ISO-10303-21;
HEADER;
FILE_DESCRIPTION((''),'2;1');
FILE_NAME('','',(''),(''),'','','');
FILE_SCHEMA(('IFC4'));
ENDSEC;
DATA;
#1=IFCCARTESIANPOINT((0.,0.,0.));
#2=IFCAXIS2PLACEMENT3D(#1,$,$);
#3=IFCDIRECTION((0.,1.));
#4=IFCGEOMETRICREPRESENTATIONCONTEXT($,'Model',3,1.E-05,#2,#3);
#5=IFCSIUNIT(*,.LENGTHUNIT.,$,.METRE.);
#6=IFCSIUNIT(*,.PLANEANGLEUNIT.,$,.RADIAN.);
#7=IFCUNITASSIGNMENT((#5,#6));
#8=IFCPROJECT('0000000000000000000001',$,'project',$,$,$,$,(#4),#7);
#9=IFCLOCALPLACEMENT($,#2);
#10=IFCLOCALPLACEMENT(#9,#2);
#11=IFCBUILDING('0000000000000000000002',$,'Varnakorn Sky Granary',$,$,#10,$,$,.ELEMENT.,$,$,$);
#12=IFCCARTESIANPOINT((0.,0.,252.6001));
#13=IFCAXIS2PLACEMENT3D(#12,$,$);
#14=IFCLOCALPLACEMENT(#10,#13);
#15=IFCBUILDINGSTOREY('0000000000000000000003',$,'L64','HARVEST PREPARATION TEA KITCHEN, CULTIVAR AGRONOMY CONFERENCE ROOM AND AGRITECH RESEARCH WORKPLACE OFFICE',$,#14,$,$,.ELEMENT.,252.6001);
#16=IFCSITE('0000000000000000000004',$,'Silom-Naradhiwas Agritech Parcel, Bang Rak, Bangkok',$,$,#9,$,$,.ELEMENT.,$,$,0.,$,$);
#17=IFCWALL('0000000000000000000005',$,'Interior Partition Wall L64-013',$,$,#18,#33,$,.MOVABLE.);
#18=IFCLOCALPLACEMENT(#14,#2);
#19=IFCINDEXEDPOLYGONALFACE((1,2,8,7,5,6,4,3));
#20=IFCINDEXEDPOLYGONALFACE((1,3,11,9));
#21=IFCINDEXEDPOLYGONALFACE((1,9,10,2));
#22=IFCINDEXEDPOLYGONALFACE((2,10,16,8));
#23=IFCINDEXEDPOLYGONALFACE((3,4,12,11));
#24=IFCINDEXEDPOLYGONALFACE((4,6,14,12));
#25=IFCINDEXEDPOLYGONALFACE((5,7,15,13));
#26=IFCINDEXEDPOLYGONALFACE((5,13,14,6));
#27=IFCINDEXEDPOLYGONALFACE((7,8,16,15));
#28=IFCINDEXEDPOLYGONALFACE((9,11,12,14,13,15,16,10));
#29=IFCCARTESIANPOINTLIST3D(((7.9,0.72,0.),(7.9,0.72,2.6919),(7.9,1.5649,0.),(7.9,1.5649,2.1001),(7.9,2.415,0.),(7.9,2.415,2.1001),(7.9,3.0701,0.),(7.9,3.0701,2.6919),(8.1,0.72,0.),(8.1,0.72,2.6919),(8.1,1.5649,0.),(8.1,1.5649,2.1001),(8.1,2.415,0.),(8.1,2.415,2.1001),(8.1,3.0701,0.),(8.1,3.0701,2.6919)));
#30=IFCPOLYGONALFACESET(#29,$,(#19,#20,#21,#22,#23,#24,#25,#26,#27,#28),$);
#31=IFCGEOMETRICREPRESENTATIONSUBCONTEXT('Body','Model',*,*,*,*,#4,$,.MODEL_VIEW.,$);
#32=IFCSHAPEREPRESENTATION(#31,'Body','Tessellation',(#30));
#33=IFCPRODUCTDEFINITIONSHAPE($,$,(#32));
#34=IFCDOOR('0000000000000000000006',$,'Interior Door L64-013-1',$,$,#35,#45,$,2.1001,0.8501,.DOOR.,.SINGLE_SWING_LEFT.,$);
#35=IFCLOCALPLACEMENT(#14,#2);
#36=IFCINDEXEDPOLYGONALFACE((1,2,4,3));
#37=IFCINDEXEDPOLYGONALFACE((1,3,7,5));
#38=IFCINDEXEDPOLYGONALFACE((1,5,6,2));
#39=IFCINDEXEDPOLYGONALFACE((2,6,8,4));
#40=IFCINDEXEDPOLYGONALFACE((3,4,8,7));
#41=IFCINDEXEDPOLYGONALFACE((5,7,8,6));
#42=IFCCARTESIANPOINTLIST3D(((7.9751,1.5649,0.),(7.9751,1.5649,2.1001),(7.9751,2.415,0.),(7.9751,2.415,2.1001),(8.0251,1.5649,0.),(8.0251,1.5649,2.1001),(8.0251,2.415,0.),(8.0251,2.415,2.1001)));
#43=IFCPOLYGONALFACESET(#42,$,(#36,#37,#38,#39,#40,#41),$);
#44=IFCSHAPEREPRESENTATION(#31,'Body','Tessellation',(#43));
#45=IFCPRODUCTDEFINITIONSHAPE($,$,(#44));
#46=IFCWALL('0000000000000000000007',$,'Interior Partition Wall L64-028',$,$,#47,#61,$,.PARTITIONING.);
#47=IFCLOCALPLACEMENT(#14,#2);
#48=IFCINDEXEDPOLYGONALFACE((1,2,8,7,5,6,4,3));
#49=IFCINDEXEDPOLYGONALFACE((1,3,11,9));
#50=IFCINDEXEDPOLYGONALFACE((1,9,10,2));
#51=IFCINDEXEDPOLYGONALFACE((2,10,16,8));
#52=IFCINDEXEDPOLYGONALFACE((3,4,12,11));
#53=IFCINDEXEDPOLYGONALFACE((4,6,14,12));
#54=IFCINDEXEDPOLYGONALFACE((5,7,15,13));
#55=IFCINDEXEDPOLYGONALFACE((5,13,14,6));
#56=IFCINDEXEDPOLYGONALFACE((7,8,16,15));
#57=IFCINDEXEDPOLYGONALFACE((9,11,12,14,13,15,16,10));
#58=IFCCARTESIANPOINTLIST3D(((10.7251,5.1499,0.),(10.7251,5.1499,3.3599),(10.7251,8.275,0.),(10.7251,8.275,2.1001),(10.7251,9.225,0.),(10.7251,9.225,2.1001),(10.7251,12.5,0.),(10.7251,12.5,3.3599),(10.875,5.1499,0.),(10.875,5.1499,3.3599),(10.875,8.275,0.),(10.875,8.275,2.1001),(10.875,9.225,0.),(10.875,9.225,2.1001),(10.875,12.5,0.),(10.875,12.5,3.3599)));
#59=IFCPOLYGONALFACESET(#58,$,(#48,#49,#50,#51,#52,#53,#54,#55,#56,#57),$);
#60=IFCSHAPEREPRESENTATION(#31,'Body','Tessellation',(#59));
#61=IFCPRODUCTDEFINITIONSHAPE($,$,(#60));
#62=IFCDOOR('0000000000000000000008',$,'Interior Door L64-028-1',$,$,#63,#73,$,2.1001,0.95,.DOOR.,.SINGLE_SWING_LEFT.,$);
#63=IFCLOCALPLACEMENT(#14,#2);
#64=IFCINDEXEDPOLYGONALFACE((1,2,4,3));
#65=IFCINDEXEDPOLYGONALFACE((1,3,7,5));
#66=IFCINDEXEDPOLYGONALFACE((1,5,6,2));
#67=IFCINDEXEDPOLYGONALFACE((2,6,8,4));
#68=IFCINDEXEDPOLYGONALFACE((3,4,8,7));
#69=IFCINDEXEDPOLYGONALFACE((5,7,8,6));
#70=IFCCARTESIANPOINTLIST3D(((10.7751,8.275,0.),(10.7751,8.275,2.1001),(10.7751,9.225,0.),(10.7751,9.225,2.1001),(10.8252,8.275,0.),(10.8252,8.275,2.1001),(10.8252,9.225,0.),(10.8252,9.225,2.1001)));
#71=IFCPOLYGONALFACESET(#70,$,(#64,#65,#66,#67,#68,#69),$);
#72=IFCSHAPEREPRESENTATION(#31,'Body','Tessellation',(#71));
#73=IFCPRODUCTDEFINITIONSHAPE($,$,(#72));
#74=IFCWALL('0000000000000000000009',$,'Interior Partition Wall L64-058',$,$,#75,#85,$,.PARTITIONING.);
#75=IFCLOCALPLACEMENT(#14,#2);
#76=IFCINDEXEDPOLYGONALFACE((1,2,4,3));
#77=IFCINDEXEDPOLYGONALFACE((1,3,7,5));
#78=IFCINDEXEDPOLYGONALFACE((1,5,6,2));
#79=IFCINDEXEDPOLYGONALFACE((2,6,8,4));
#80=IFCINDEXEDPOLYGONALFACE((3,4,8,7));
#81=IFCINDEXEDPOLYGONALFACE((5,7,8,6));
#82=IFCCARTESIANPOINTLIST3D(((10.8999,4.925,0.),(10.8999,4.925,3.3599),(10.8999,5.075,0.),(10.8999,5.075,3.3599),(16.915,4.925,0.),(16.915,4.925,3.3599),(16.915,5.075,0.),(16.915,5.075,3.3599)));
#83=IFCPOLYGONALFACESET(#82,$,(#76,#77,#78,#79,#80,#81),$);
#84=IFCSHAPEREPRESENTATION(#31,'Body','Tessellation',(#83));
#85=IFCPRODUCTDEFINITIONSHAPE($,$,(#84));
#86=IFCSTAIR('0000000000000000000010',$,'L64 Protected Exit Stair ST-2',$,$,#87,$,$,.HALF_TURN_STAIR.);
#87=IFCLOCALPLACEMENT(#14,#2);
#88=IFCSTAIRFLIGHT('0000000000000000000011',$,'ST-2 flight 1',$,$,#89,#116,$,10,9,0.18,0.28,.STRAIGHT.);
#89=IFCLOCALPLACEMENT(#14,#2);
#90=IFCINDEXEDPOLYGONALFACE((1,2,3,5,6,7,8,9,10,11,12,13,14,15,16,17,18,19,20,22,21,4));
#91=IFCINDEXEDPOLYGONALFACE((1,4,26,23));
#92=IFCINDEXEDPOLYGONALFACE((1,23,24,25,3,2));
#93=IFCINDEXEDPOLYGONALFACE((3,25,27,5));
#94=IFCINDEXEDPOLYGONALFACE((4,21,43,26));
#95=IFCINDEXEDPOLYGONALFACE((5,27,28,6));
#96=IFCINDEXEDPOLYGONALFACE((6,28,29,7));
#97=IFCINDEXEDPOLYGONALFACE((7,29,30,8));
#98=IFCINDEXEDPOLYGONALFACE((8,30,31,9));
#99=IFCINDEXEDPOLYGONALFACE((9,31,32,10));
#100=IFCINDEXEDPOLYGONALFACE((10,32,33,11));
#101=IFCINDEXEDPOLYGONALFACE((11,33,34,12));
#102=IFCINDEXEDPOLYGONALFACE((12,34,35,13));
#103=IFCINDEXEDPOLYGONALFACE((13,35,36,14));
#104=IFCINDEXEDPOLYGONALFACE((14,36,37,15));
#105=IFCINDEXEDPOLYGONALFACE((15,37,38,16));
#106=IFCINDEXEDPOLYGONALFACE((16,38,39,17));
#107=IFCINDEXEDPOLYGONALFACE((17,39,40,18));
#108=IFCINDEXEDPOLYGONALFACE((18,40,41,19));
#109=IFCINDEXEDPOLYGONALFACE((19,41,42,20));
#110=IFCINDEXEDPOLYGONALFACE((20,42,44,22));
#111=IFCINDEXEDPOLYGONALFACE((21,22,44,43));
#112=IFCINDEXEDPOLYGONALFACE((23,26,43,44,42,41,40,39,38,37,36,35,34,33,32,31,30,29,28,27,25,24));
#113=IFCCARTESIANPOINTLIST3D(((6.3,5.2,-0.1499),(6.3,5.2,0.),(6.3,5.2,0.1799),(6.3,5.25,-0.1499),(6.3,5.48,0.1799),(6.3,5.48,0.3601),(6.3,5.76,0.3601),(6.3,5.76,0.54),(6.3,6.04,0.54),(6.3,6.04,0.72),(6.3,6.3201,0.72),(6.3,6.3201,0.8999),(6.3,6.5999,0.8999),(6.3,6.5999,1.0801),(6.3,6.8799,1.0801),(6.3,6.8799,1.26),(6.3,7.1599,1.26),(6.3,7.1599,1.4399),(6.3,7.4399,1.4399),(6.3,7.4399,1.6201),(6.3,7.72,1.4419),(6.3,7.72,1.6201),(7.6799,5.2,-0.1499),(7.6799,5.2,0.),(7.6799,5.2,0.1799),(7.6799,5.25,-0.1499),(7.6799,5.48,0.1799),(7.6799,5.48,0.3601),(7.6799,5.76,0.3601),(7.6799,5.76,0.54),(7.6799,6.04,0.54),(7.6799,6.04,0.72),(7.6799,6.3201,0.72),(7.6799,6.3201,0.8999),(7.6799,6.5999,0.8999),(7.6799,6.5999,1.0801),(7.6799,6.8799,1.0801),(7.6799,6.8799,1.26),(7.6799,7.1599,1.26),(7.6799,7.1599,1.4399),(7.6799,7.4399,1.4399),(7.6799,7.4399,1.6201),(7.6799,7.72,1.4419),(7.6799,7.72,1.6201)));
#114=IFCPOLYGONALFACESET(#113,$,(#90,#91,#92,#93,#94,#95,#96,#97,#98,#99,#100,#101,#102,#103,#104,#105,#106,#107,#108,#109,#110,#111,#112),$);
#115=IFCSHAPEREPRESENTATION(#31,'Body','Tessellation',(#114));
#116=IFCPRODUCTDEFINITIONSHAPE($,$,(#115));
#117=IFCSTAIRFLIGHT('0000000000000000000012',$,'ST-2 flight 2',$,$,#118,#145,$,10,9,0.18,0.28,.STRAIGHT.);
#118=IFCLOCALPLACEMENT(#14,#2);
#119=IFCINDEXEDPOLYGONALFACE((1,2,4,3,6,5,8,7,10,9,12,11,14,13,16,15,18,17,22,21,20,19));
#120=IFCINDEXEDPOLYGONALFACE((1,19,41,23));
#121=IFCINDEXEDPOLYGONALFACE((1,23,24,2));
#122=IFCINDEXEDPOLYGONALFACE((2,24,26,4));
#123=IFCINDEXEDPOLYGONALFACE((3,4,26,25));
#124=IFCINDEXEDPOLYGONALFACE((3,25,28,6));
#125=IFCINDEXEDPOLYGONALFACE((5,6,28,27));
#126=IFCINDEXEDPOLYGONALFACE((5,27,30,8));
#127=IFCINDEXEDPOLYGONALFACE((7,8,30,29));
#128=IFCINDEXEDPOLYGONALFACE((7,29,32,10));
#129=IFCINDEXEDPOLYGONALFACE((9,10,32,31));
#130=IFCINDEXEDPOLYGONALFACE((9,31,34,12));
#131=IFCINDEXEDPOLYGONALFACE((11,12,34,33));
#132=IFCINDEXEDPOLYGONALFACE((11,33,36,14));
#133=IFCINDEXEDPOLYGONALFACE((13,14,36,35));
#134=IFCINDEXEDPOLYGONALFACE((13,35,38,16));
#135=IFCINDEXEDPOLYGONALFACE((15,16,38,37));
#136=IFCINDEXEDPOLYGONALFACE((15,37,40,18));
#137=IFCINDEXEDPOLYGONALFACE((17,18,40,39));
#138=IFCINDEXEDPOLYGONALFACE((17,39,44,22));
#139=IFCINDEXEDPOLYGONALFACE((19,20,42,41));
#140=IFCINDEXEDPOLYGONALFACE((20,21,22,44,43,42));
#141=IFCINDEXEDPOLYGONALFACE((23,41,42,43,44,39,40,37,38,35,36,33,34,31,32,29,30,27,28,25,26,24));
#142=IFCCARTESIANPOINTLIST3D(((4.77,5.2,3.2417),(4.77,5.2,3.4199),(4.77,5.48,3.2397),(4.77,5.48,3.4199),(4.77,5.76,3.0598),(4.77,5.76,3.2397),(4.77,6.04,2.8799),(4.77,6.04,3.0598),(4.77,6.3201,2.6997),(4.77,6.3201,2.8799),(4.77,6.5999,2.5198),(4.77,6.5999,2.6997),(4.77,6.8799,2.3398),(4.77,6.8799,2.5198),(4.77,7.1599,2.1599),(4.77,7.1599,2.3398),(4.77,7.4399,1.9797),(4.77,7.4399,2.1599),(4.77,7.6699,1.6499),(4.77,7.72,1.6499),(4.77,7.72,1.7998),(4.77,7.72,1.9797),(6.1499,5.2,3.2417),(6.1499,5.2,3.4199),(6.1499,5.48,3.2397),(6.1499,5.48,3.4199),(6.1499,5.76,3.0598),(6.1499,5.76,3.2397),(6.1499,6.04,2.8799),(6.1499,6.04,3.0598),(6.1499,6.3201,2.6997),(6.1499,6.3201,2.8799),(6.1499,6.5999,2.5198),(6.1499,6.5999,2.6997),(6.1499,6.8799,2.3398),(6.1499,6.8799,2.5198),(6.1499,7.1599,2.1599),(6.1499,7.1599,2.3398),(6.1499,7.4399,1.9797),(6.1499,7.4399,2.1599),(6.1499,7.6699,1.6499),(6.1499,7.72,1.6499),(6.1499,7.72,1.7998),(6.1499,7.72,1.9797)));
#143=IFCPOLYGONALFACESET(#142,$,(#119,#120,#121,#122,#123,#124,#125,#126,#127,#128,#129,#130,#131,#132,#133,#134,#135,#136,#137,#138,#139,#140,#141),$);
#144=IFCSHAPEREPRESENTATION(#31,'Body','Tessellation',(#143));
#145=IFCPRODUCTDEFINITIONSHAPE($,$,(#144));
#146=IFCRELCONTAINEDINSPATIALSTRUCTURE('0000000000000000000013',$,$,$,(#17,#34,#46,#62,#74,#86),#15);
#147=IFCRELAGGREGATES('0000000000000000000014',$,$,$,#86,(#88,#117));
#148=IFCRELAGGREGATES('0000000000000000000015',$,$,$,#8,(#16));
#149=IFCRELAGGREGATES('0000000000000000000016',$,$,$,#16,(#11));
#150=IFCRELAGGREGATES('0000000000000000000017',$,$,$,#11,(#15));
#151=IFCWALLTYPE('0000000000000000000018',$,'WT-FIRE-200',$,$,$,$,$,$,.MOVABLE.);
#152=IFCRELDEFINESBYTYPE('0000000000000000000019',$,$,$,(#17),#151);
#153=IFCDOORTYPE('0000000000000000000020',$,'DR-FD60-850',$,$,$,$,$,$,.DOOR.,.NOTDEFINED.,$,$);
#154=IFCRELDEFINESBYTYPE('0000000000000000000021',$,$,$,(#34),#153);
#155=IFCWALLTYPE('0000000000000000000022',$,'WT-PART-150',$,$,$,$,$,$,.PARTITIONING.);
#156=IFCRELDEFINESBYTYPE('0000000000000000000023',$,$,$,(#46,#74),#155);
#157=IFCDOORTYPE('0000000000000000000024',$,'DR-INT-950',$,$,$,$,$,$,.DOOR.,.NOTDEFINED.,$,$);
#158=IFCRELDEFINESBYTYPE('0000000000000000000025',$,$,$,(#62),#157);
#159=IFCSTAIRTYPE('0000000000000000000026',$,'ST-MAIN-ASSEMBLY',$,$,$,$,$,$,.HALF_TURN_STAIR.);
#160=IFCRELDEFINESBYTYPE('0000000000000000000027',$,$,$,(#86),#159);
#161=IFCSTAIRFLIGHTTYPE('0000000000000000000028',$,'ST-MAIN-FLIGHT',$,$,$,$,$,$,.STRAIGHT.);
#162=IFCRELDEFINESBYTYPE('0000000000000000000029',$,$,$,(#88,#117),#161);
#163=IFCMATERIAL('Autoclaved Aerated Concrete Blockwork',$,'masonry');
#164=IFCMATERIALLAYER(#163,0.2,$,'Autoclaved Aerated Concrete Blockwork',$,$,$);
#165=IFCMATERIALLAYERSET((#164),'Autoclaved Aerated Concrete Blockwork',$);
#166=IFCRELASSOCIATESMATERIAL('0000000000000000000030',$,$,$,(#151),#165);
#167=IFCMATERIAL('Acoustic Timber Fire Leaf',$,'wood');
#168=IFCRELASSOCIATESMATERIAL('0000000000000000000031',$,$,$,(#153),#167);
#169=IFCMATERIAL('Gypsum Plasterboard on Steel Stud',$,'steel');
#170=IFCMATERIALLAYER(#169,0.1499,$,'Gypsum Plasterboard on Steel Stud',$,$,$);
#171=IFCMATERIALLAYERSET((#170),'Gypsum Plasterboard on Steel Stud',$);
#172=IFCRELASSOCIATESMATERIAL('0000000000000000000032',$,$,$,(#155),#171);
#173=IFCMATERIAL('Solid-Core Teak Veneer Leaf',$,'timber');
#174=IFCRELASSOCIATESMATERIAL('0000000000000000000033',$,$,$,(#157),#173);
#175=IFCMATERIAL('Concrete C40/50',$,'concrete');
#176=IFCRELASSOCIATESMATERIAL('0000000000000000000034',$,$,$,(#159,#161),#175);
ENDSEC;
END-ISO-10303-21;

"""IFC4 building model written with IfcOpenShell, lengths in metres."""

from ifc_helpers import new_model, si_unit, direction, frame, frame_2d, origin, place, context, subcontext, project, spatial, polyline, rectangle, outline, extrude, material, layer, layer_set, type_object, element, fill, aggregate, save


model = new_model("IFC4")

# Units and contexts
model_context = context("Model", 3, precision=1e-05, world=origin(), true_north=direction((0.0, 1.0)))
body_context = subcontext(model_context, "Body", "Model", "MODEL_VIEW")
ifc_project = project(units=[si_unit("LENGTHUNIT", "METRE"), si_unit("PLANEANGLEUNIT", "RADIAN")], contexts=[model_context])

# Site, building, storey
site_placement = place(None, origin())
site = spatial("IfcSite", under=ifc_project, at=site_placement, Name="Silom-Naradhiwas Agritech Parcel, Bang Rak, Bangkok", CompositionType="ELEMENT", RefElevation=0.0)
building_placement = place(site_placement, origin())
building = spatial("IfcBuilding", under=site, at=building_placement, Name="Varnakorn Sky Granary", CompositionType="ELEMENT")
storey_placement = place(building_placement, frame((0.0, 0.0, 252.6001)))
storey = spatial("IfcBuildingStorey", under=building, at=storey_placement, Name="L64", Description="HARVEST PREPARATION TEA KITCHEN, CULTIVAR AGRONOMY CONFERENCE ROOM AND AGRITECH RESEARCH WORKPLACE OFFICE", CompositionType="ELEMENT", Elevation=252.6001)

# Walls, openings, doors
ifc_material_1 = material(Name="Autoclaved Aerated Concrete Blockwork", Category="masonry")
ifc_layer_1 = layer(ifc_material_1, 0.2, Name="Autoclaved Aerated Concrete Blockwork")
ifc_layer_set_1 = layer_set([ifc_layer_1], Name="Autoclaved Aerated Concrete Blockwork")
wall_type_1 = type_object("IfcWallType", Name="WT-FIRE-200", PredefinedType="MOVABLE", material=ifc_layer_set_1)
ifc_material_2 = material(Name="Acoustic Timber Fire Leaf", Category="wood")
wall_1_placement = place(storey_placement, frame((8.0, 0.72, 0.0), z_axis=(0.0, 0.0, 1.0), x_axis=(0.0, 1.0, 0.0)))
wall_1 = element("IfcWall", 1, at=wall_1_placement, inside=storey, type_object=wall_type_1, Name="Interior Partition Wall L64-013", PredefinedType="MOVABLE", context=body_context, shape_type="SweptSolid", body=[
    extrude(rectangle(XDim=2.3501, YDim=0.2, at=frame_2d((1.175, 0.0))), origin(), (0.0, 0.0, 1.0), 2.6919),
])
opening_1_placement = place(wall_1_placement, frame((0.845, 0.0, 0.0)))
opening_1 = element("IfcOpeningElement", 2, at=opening_1_placement, cuts=wall_1, PredefinedType="OPENING", context=body_context, shape_type="SweptSolid", body=[
    extrude(rectangle(XDim=0.8501, YDim=2.1001, at=frame_2d((0.425, 1.05))), frame((0.0, 0.1099, 0.0), z_axis=(0.0, -1.0, 0.0), x_axis=(1.0, 0.0, 0.0)), (0.0, 0.0, 1.0), 0.22),
])
door_type_1 = type_object("IfcDoorType", Name="DR-FD60-850", OperationType="NOTDEFINED", PredefinedType="DOOR", material=ifc_material_2)
door_1_placement = place(opening_1_placement, origin())
door_1 = element("IfcDoor", 3, at=door_1_placement, inside=storey, type_object=door_type_1, Name="Interior Door L64-013-1", OperationType="SINGLE_SWING_LEFT", OverallHeight=2.1001, OverallWidth=0.8501, PredefinedType="DOOR", context=body_context, shape_type="SweptSolid", body=[
    extrude(rectangle(XDim=0.8501, YDim=2.1001, at=frame_2d((0.425, 1.05))), frame((0.0, 0.0249, 0.0), z_axis=(0.0, -1.0, 0.0), x_axis=(1.0, 0.0, 0.0)), (0.0, 0.0, 1.0), 0.05),
])
fill(opening_1, door_1)
ifc_material_3 = material(Name="Gypsum Plasterboard on Steel Stud", Category="steel")
ifc_layer_2 = layer(ifc_material_3, 0.1499, Name="Gypsum Plasterboard on Steel Stud")
ifc_layer_set_2 = layer_set([ifc_layer_2], Name="Gypsum Plasterboard on Steel Stud")
wall_type_2 = type_object("IfcWallType", Name="WT-PART-150", PredefinedType="PARTITIONING", material=ifc_layer_set_2)
wall_2_placement = place(storey_placement, frame((10.8, 5.1499, 0.0), z_axis=(0.0, 0.0, 1.0), x_axis=(0.0, 1.0, 0.0)))
wall_2 = element("IfcWall", 4, at=wall_2_placement, inside=storey, type_object=wall_type_2, Name="Interior Partition Wall L64-028", PredefinedType="PARTITIONING", context=body_context, shape_type="SweptSolid", body=[
    extrude(rectangle(XDim=7.3501, YDim=0.1499, at=frame_2d((3.675, 0.0))), origin(), (0.0, 0.0, 1.0), 3.3599),
])
opening_2_placement = place(wall_2_placement, frame((3.125, 0.0, 0.0)))
opening_2 = element("IfcOpeningElement", 5, at=opening_2_placement, cuts=wall_2, PredefinedType="OPENING", context=body_context, shape_type="SweptSolid", body=[
    extrude(rectangle(XDim=0.95, YDim=2.1001, at=frame_2d((0.4751, 1.05))), frame((0.0, 0.085, 0.0), z_axis=(0.0, -1.0, 0.0), x_axis=(1.0, 0.0, 0.0)), (0.0, 0.0, 1.0), 0.1699),
])
ifc_material_4 = material(Name="Solid-Core Teak Veneer Leaf", Category="timber")
door_type_2 = type_object("IfcDoorType", Name="DR-INT-950", OperationType="NOTDEFINED", PredefinedType="DOOR", material=ifc_material_4)
door_2_placement = place(opening_2_placement, origin())
door_2 = element("IfcDoor", 6, at=door_2_placement, inside=storey, type_object=door_type_2, Name="Interior Door L64-028-1", OperationType="SINGLE_SWING_LEFT", OverallHeight=2.1001, OverallWidth=0.95, PredefinedType="DOOR", context=body_context, shape_type="SweptSolid", body=[
    extrude(rectangle(XDim=0.95, YDim=2.1001, at=frame_2d((0.4751, 1.05))), frame((0.0, 0.0249, 0.0), z_axis=(0.0, -1.0, 0.0), x_axis=(1.0, 0.0, 0.0)), (0.0, 0.0, 1.0), 0.05),
])
fill(opening_2, door_2)

# Wall
wall_3_placement = place(storey_placement, frame((10.8999, 5.0, 0.0), z_axis=(0.0, 0.0, 1.0), x_axis=(1.0, 0.0, 0.0)))
element("IfcWall", 7, at=wall_3_placement, inside=storey, type_object=wall_type_2, Name="Interior Partition Wall L64-058", PredefinedType="PARTITIONING", context=body_context, shape_type="SweptSolid", body=[
    extrude(rectangle(XDim=6.0151, YDim=0.1499, at=frame_2d((3.0076, 0.0))), origin(), (0.0, 0.0, 1.0), 3.3599),
])

# Stair, stair flights
ifc_material_5 = material(Name="Concrete C40/50", Category="concrete")
stair_type = type_object("IfcStairType", Name="ST-MAIN-ASSEMBLY", PredefinedType="HALF_TURN_STAIR", material=ifc_material_5)
stair_placement = place(storey_placement, origin())
stair = element("IfcStair", 8, at=stair_placement, inside=storey, type_object=stair_type, Name="L64 Protected Exit Stair ST-2", PredefinedType="HALF_TURN_STAIR")
stair_flight_type = type_object("IfcStairFlightType", Name="ST-MAIN-FLIGHT", PredefinedType="STRAIGHT", material=ifc_material_5)
stair_flight_1_placement = place(storey_placement, frame((6.99, 5.2, 0.0), z_axis=(0.0, 0.0, 1.0), x_axis=(0.0, 1.0, 0.0)))
stair_flight_1 = element("IfcStairFlight", 9, at=stair_flight_1_placement, type_object=stair_flight_type, Name="ST-2 flight 1", NumberOfRisers=10, NumberOfTreads=9, PredefinedType="STRAIGHT", RiserHeight=0.18, TreadLength=0.28, context=body_context, shape_type="SweptSolid", body=[
    extrude(outline(polyline([(0.0, -0.1499), (0.0, 0.0), (0.0, 0.1799), (0.28, 0.1799), (0.28, 0.3601), (0.5601, 0.3601), (0.5601, 0.54), (0.8401, 0.54), (0.8401, 0.72), (1.1201, 0.72), (1.1201, 0.8999), (1.3999, 0.8999), (1.3999, 1.0801), (1.6799, 1.0801), (1.6799, 1.26), (1.96, 1.26), (1.96, 1.4399), (2.24, 1.4399), (2.24, 1.6201), (2.52, 1.6201), (2.52, 1.8), (2.52, 1.4419), (0.05, -0.1499), (0.0, -0.1499)])), frame((0.0, 0.6899, 0.0), z_axis=(0.0, -1.0, 0.0), x_axis=(1.0, 0.0, 0.0)), (0.0, 0.0, 1.0), 1.3799),
])
stair_flight_2_placement = place(storey_placement, frame((5.46, 7.72, 1.7998), z_axis=(0.0, 0.0, 1.0), x_axis=(0.0, -1.0, 0.0)))
stair_flight_2 = element("IfcStairFlight", 10, at=stair_flight_2_placement, type_object=stair_flight_type, Name="ST-2 flight 2", NumberOfRisers=10, NumberOfTreads=9, PredefinedType="STRAIGHT", RiserHeight=0.18, TreadLength=0.28, context=body_context, shape_type="SweptSolid", body=[
    extrude(outline(polyline([(0.0, -0.1499), (0.0, 0.0), (0.0, 0.1799), (0.28, 0.1799), (0.28, 0.3601), (0.5601, 0.3601), (0.5601, 0.54), (0.8401, 0.54), (0.8401, 0.72), (1.1201, 0.72), (1.1201, 0.8999), (1.3999, 0.8999), (1.3999, 1.0801), (1.6799, 1.0801), (1.6799, 1.26), (1.96, 1.26), (1.96, 1.4399), (2.24, 1.4399), (2.24, 1.6201), (2.52, 1.6201), (2.52, 1.8), (2.52, 1.4419), (0.05, -0.1499), (0.0, -0.1499)])), frame((0.0, 0.6899, 0.0), z_axis=(0.0, -1.0, 0.0), x_axis=(1.0, 0.0, 0.0)), (0.0, 0.0, 1.0), 1.3799),
])
aggregate(stair, [stair_flight_1, stair_flight_2])

save(model, "model.ifc")
